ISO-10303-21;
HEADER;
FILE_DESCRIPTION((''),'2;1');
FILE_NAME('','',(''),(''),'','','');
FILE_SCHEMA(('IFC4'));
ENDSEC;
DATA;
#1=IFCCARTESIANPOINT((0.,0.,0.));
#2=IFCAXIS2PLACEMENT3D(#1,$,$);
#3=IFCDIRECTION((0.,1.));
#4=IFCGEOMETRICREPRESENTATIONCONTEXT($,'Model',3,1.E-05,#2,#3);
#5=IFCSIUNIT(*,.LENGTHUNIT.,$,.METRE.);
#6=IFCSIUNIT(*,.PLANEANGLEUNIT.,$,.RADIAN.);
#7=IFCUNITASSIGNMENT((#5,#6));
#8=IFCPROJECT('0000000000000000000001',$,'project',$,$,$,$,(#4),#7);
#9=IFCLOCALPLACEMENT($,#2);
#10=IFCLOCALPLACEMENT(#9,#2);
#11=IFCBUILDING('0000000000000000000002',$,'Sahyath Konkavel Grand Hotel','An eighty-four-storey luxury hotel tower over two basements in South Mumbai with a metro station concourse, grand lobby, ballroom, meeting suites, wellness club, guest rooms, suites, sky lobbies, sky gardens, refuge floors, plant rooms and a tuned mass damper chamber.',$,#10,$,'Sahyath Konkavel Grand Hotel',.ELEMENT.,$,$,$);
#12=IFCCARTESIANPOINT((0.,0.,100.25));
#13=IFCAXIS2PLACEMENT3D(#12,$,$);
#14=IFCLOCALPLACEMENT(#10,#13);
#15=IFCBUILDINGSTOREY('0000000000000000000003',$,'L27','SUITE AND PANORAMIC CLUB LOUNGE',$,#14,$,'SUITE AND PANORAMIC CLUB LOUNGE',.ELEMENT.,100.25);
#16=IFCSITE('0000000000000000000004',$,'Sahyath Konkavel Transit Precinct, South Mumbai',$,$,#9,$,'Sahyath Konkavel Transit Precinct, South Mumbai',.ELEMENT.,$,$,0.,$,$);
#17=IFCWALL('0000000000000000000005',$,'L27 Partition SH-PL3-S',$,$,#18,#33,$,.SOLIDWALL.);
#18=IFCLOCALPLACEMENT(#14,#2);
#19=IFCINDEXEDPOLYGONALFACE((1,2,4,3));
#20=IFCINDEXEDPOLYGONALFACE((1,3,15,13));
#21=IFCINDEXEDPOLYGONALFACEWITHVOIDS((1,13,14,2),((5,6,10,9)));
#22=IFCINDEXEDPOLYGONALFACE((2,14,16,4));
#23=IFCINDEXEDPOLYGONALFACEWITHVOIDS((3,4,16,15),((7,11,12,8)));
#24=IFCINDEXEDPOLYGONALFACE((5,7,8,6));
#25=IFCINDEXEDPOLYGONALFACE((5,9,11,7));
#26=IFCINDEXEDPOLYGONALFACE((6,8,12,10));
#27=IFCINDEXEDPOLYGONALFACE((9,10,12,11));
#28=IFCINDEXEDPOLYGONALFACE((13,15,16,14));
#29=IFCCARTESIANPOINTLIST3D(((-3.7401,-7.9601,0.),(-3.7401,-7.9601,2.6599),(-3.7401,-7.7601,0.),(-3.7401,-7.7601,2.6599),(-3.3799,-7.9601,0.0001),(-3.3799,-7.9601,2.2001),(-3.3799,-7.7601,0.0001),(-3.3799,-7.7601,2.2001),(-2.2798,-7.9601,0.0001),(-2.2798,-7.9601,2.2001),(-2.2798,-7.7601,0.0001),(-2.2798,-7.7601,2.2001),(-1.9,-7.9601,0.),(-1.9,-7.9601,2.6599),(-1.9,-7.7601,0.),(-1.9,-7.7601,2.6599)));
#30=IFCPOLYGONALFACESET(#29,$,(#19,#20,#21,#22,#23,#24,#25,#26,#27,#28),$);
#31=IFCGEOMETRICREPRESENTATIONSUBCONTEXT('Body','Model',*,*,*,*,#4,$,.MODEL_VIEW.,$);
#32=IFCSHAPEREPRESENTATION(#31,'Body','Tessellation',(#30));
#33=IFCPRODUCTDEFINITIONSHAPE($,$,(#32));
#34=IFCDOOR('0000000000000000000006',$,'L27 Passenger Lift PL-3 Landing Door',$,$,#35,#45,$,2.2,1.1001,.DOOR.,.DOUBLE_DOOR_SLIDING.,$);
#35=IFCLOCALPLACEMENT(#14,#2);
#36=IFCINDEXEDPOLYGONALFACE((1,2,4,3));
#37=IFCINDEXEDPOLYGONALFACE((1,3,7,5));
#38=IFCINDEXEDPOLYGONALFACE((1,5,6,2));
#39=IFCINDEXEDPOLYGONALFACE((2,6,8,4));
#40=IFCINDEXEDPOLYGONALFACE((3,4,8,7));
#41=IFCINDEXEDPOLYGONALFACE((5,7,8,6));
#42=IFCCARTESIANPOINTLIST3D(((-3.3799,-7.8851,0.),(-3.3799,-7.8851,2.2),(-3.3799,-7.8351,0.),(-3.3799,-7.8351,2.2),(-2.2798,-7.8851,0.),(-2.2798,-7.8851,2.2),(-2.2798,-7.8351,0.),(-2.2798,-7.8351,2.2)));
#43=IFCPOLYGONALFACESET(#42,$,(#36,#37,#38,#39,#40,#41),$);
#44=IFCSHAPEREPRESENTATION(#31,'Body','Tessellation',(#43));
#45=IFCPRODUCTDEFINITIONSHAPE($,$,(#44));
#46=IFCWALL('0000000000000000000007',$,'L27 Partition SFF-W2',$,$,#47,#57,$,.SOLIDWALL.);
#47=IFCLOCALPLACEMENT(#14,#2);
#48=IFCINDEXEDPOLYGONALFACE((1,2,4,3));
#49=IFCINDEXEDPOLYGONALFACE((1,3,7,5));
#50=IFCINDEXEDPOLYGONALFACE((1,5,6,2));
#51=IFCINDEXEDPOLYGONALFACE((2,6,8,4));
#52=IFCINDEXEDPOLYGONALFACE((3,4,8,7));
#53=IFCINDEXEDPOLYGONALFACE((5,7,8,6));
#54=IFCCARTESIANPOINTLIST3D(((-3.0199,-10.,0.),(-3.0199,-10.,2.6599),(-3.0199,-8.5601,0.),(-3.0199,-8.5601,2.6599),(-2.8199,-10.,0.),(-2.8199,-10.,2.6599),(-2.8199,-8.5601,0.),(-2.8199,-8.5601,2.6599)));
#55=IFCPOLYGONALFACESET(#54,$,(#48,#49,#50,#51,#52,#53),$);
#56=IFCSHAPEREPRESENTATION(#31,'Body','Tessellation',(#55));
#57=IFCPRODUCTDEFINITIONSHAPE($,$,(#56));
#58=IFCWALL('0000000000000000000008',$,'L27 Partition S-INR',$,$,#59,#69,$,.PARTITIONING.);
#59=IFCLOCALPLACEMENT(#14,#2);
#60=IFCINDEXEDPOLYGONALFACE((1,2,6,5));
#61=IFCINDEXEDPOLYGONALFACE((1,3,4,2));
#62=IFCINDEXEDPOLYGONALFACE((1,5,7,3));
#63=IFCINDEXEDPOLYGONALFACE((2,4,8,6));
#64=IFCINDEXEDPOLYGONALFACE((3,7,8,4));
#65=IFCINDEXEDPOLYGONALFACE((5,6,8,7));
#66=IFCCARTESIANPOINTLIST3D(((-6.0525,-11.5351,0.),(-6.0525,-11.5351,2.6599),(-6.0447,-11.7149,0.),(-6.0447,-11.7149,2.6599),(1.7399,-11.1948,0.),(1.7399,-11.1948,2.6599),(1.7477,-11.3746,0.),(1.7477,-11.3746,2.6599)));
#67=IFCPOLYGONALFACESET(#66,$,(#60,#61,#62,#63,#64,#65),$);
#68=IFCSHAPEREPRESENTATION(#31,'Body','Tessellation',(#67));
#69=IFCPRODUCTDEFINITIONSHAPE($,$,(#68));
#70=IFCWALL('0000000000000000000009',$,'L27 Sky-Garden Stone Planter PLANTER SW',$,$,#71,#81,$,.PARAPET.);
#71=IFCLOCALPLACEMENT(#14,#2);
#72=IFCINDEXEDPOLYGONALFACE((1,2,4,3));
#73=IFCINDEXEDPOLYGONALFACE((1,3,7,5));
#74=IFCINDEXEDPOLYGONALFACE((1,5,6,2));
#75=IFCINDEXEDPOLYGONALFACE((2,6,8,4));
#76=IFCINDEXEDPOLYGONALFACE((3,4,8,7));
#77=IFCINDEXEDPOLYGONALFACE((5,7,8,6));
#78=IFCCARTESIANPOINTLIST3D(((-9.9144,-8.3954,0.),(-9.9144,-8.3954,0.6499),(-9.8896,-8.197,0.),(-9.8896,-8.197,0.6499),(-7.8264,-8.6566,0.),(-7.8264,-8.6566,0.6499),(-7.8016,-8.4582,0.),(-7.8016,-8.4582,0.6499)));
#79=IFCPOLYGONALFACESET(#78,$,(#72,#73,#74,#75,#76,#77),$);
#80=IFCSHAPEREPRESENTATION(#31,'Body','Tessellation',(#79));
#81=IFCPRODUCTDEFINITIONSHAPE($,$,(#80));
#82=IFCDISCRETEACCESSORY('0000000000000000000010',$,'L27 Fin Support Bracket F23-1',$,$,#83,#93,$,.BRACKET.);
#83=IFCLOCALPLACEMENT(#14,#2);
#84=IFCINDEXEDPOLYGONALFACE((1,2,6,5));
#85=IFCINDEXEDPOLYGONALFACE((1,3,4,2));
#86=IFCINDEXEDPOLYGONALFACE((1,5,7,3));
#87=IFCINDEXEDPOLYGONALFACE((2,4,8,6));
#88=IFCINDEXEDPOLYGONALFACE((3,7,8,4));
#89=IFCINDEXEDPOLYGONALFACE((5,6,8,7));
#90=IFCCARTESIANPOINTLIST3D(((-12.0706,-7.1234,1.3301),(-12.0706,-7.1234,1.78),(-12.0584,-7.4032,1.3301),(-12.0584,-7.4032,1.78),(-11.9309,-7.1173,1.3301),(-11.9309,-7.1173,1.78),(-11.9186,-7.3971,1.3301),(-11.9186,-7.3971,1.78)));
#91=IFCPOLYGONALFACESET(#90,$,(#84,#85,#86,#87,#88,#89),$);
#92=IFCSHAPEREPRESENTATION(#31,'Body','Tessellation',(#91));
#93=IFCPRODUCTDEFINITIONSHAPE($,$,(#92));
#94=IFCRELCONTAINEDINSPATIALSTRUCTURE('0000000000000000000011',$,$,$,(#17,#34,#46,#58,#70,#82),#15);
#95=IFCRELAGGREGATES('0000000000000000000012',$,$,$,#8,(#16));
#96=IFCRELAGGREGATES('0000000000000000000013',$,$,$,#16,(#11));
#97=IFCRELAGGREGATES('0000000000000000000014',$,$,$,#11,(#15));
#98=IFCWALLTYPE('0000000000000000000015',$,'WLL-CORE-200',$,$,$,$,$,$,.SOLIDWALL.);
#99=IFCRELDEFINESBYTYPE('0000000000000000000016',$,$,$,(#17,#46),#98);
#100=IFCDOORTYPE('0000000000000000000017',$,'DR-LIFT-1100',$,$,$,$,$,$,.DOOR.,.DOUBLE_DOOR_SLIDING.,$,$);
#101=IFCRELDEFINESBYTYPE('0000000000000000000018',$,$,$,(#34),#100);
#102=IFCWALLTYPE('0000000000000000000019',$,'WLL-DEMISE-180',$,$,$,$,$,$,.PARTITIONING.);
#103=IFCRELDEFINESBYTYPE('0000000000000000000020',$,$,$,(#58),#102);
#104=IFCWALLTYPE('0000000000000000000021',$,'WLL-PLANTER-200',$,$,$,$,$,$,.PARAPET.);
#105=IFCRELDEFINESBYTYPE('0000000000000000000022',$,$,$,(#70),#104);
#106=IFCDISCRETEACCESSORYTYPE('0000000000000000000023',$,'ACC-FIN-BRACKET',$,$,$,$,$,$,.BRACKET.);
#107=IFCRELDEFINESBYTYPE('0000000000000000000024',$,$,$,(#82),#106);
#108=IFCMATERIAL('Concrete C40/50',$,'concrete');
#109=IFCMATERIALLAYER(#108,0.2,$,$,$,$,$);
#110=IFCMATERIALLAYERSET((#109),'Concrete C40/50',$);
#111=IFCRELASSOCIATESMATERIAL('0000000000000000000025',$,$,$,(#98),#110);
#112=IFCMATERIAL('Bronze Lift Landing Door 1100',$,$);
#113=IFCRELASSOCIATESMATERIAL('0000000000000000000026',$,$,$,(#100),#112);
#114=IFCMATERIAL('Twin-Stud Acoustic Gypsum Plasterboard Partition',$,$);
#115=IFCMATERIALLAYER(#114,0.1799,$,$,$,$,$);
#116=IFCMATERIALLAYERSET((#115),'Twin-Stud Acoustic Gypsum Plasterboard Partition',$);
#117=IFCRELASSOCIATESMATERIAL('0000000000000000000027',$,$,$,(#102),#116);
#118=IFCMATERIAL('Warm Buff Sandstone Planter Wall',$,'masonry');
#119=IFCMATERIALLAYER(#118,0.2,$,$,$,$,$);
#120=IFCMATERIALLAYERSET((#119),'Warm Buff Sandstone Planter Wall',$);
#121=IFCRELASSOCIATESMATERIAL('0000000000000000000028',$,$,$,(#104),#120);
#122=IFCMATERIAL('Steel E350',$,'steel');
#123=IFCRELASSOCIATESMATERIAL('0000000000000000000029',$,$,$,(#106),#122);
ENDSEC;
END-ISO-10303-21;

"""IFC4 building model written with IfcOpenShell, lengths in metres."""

from ifc_helpers import new_model, si_unit, direction, frame, frame_2d, origin, origin_2d, place, context, subcontext, project, spatial, rectangle, extrude, source, transform, mapped, material, layer, layer_set, type_object, element, fill, save


model = new_model("IFC4")

# Units and contexts
model_context = context("Model", 3, precision=1e-05, world=origin(), true_north=direction((0.0, 1.0)))
body_context = subcontext(model_context, "Body", "Model", "MODEL_VIEW")
ifc_project = project(units=[si_unit("LENGTHUNIT", "METRE"), si_unit("PLANEANGLEUNIT", "RADIAN")], contexts=[model_context])

# Site, building, storey
site_placement = place(None, origin())
site = spatial("IfcSite", under=ifc_project, at=site_placement, Name="Sahyath Konkavel Transit Precinct, South Mumbai", LongName="Sahyath Konkavel Transit Precinct, South Mumbai", CompositionType="ELEMENT", RefElevation=0.0)
building_placement = place(site_placement, origin())
building = spatial("IfcBuilding", under=site, at=building_placement, Name="Sahyath Konkavel Grand Hotel", Description="An eighty-four-storey luxury hotel tower over two basements in South Mumbai with a metro station concourse, grand lobby, ballroom, meeting suites, wellness club, guest rooms, suites, sky lobbies, sky gardens, refuge floors, plant rooms and a tuned mass damper chamber.", LongName="Sahyath Konkavel Grand Hotel", CompositionType="ELEMENT")
storey_placement = place(building_placement, frame((0.0, 0.0, 100.25)))
storey = spatial("IfcBuildingStorey", under=building, at=storey_placement, Name="L27", Description="SUITE AND PANORAMIC CLUB LOUNGE", LongName="SUITE AND PANORAMIC CLUB LOUNGE", CompositionType="ELEMENT", Elevation=100.25)

# Shared definitions
ifc_material_1 = material(Name="Steel E350", Category="steel")

# Shared definitions
ifc_material_2 = material(Name="Concrete C40/50", Category="concrete")
ifc_layer_1 = layer(ifc_material_2, 0.2)
ifc_layer_set_1 = layer_set([ifc_layer_1], Name="Concrete C40/50")
wall_type_1 = type_object("IfcWallType", Name="WLL-CORE-200", PredefinedType="SOLIDWALL", material=ifc_layer_set_1)

# Wall, opening, door
wall_1_placement = place(storey_placement, frame((-3.74, -7.8601, 0.0), z_axis=(0.0, 0.0, 1.0), x_axis=(1.0, 0.0, 0.0)))
wall_1 = element("IfcWall", 1, at=wall_1_placement, inside=storey, type_object=wall_type_1, Name="L27 Partition SH-PL3-S", PredefinedType="SOLIDWALL", context=body_context, shape_type="SweptSolid", body=[
    extrude(rectangle(XDim=1.8401, YDim=0.2, at=frame_2d((0.9199, 0.0))), origin(), (0.0, 0.0, 1.0), 2.6599),
])
opening_1_placement = place(wall_1_placement, frame((0.3601, 0.0, 0.0)))
opening_1 = element("IfcOpeningElement", 2, at=opening_1_placement, cuts=wall_1, PredefinedType="OPENING", context=body_context, shape_type="SweptSolid", body=[
    extrude(rectangle(XDim=1.1001, YDim=2.2, at=frame_2d((0.55, 1.1001))), frame((0.0, 0.1099, 0.0), z_axis=(0.0, -1.0, 0.0), x_axis=(1.0, 0.0, 0.0)), (0.0, 0.0, 1.0), 0.22),
])
ifc_material_3 = material(Name="Bronze Lift Landing Door 1100")
door_type_1 = type_object("IfcDoorType", Name="DR-LIFT-1100", OperationType="DOUBLE_DOOR_SLIDING", PredefinedType="DOOR", material=ifc_material_3)
shared_shape_1 = source(origin(), body_context, "Body", "SweptSolid", [
    extrude(rectangle(XDim=1.1001, YDim=0.05, at=origin_2d()), origin(), (0.0, 0.0, 1.0), 2.2),
])
door_1_placement = place(opening_1_placement, frame((0.55, 0.0, 0.0)))
door_1 = element("IfcDoor", 3, at=door_1_placement, inside=storey, type_object=door_type_1, Name="L27 Passenger Lift PL-3 Landing Door", OperationType="DOUBLE_DOOR_SLIDING", OverallHeight=2.2, OverallWidth=1.1001, PredefinedType="DOOR", context=body_context, shape_type="MappedRepresentation", body=[
    mapped(shared_shape_1, transform((0.0, 0.0, 0.0), scale=1.0)),
])
fill(opening_1, door_1)

# Walls
wall_2_placement = place(storey_placement, frame((-2.9199, -10.0, 0.0), z_axis=(0.0, 0.0, 1.0), x_axis=(0.0, 1.0, 0.0)))
element("IfcWall", 4, at=wall_2_placement, inside=storey, type_object=wall_type_1, Name="L27 Partition SFF-W2", PredefinedType="SOLIDWALL", context=body_context, shape_type="SweptSolid", body=[
    extrude(rectangle(XDim=1.4399, YDim=0.2, at=frame_2d((0.72, 0.0))), origin(), (0.0, 0.0, 1.0), 2.6599),
])
ifc_material_4 = material(Name="Twin-Stud Acoustic Gypsum Plasterboard Partition")
ifc_layer_2 = layer(ifc_material_4, 0.1799)
ifc_layer_set_2 = layer_set([ifc_layer_2], Name="Twin-Stud Acoustic Gypsum Plasterboard Partition")
wall_type_2 = type_object("IfcWallType", Name="WLL-DEMISE-180", PredefinedType="PARTITIONING", material=ifc_layer_set_2)
wall_3_placement = place(storey_placement, frame((-6.0486, -11.625, 0.0), z_axis=(0.0, 0.0, 1.0), x_axis=(0.999048, 0.043633, 0.0)))
element("IfcWall", 5, at=wall_3_placement, inside=storey, type_object=wall_type_2, Name="L27 Partition S-INR", PredefinedType="PARTITIONING", context=body_context, shape_type="SweptSolid", body=[
    extrude(rectangle(XDim=7.7998, YDim=0.1799, at=frame_2d((3.8999, 0.0))), origin(), (0.0, 0.0, 1.0), 2.6599),
])
ifc_material_5 = material(Name="Warm Buff Sandstone Planter Wall", Category="masonry")
ifc_layer_3 = layer(ifc_material_5, 0.2)
ifc_layer_set_3 = layer_set([ifc_layer_3], Name="Warm Buff Sandstone Planter Wall")
wall_type_3 = type_object("IfcWallType", Name="WLL-PLANTER-200", PredefinedType="PARAPET", material=ifc_layer_set_3)
wall_4_placement = place(storey_placement, frame((-9.9021, -8.2961, 0.0), z_axis=(0.0, 0.0, 1.0), x_axis=(0.992264, -0.124149, 0.0)))
element("IfcWall", 6, at=wall_4_placement, inside=storey, type_object=wall_type_3, Name="L27 Sky-Garden Stone Planter PLANTER SW", PredefinedType="PARAPET", context=body_context, shape_type="SweptSolid", body=[
    extrude(rectangle(XDim=2.1042, YDim=0.2, at=frame_2d((1.0522, 0.0))), origin(), (0.0, 0.0, 1.0), 0.6499),
])

# Discrete accessory
discrete_accessory_type = type_object("IfcDiscreteAccessoryType", Name="ACC-FIN-BRACKET", PredefinedType="BRACKET", material=ifc_material_1)
shared_shape_2 = source(origin(), body_context, "Body", "SweptSolid", [
    extrude(rectangle(XDim=0.28, YDim=0.1399, at=origin_2d()), origin(), (0.0, 0.0, 1.0), 0.45),
])
discrete_accessory_placement = place(storey_placement, frame((-11.9946, -7.2603, 1.3301), z_axis=(0.0, 0.0, 1.0), x_axis=(0.043619, -0.999048, 0.0)))
element("IfcDiscreteAccessory", 7, at=discrete_accessory_placement, inside=storey, type_object=discrete_accessory_type, Name="L27 Fin Support Bracket F23-1", PredefinedType="BRACKET", context=body_context, shape_type="MappedRepresentation", body=[
    mapped(shared_shape_2, transform((0.0, 0.0, 0.0), scale=1.0)),
])

save(model, "model.ifc")
